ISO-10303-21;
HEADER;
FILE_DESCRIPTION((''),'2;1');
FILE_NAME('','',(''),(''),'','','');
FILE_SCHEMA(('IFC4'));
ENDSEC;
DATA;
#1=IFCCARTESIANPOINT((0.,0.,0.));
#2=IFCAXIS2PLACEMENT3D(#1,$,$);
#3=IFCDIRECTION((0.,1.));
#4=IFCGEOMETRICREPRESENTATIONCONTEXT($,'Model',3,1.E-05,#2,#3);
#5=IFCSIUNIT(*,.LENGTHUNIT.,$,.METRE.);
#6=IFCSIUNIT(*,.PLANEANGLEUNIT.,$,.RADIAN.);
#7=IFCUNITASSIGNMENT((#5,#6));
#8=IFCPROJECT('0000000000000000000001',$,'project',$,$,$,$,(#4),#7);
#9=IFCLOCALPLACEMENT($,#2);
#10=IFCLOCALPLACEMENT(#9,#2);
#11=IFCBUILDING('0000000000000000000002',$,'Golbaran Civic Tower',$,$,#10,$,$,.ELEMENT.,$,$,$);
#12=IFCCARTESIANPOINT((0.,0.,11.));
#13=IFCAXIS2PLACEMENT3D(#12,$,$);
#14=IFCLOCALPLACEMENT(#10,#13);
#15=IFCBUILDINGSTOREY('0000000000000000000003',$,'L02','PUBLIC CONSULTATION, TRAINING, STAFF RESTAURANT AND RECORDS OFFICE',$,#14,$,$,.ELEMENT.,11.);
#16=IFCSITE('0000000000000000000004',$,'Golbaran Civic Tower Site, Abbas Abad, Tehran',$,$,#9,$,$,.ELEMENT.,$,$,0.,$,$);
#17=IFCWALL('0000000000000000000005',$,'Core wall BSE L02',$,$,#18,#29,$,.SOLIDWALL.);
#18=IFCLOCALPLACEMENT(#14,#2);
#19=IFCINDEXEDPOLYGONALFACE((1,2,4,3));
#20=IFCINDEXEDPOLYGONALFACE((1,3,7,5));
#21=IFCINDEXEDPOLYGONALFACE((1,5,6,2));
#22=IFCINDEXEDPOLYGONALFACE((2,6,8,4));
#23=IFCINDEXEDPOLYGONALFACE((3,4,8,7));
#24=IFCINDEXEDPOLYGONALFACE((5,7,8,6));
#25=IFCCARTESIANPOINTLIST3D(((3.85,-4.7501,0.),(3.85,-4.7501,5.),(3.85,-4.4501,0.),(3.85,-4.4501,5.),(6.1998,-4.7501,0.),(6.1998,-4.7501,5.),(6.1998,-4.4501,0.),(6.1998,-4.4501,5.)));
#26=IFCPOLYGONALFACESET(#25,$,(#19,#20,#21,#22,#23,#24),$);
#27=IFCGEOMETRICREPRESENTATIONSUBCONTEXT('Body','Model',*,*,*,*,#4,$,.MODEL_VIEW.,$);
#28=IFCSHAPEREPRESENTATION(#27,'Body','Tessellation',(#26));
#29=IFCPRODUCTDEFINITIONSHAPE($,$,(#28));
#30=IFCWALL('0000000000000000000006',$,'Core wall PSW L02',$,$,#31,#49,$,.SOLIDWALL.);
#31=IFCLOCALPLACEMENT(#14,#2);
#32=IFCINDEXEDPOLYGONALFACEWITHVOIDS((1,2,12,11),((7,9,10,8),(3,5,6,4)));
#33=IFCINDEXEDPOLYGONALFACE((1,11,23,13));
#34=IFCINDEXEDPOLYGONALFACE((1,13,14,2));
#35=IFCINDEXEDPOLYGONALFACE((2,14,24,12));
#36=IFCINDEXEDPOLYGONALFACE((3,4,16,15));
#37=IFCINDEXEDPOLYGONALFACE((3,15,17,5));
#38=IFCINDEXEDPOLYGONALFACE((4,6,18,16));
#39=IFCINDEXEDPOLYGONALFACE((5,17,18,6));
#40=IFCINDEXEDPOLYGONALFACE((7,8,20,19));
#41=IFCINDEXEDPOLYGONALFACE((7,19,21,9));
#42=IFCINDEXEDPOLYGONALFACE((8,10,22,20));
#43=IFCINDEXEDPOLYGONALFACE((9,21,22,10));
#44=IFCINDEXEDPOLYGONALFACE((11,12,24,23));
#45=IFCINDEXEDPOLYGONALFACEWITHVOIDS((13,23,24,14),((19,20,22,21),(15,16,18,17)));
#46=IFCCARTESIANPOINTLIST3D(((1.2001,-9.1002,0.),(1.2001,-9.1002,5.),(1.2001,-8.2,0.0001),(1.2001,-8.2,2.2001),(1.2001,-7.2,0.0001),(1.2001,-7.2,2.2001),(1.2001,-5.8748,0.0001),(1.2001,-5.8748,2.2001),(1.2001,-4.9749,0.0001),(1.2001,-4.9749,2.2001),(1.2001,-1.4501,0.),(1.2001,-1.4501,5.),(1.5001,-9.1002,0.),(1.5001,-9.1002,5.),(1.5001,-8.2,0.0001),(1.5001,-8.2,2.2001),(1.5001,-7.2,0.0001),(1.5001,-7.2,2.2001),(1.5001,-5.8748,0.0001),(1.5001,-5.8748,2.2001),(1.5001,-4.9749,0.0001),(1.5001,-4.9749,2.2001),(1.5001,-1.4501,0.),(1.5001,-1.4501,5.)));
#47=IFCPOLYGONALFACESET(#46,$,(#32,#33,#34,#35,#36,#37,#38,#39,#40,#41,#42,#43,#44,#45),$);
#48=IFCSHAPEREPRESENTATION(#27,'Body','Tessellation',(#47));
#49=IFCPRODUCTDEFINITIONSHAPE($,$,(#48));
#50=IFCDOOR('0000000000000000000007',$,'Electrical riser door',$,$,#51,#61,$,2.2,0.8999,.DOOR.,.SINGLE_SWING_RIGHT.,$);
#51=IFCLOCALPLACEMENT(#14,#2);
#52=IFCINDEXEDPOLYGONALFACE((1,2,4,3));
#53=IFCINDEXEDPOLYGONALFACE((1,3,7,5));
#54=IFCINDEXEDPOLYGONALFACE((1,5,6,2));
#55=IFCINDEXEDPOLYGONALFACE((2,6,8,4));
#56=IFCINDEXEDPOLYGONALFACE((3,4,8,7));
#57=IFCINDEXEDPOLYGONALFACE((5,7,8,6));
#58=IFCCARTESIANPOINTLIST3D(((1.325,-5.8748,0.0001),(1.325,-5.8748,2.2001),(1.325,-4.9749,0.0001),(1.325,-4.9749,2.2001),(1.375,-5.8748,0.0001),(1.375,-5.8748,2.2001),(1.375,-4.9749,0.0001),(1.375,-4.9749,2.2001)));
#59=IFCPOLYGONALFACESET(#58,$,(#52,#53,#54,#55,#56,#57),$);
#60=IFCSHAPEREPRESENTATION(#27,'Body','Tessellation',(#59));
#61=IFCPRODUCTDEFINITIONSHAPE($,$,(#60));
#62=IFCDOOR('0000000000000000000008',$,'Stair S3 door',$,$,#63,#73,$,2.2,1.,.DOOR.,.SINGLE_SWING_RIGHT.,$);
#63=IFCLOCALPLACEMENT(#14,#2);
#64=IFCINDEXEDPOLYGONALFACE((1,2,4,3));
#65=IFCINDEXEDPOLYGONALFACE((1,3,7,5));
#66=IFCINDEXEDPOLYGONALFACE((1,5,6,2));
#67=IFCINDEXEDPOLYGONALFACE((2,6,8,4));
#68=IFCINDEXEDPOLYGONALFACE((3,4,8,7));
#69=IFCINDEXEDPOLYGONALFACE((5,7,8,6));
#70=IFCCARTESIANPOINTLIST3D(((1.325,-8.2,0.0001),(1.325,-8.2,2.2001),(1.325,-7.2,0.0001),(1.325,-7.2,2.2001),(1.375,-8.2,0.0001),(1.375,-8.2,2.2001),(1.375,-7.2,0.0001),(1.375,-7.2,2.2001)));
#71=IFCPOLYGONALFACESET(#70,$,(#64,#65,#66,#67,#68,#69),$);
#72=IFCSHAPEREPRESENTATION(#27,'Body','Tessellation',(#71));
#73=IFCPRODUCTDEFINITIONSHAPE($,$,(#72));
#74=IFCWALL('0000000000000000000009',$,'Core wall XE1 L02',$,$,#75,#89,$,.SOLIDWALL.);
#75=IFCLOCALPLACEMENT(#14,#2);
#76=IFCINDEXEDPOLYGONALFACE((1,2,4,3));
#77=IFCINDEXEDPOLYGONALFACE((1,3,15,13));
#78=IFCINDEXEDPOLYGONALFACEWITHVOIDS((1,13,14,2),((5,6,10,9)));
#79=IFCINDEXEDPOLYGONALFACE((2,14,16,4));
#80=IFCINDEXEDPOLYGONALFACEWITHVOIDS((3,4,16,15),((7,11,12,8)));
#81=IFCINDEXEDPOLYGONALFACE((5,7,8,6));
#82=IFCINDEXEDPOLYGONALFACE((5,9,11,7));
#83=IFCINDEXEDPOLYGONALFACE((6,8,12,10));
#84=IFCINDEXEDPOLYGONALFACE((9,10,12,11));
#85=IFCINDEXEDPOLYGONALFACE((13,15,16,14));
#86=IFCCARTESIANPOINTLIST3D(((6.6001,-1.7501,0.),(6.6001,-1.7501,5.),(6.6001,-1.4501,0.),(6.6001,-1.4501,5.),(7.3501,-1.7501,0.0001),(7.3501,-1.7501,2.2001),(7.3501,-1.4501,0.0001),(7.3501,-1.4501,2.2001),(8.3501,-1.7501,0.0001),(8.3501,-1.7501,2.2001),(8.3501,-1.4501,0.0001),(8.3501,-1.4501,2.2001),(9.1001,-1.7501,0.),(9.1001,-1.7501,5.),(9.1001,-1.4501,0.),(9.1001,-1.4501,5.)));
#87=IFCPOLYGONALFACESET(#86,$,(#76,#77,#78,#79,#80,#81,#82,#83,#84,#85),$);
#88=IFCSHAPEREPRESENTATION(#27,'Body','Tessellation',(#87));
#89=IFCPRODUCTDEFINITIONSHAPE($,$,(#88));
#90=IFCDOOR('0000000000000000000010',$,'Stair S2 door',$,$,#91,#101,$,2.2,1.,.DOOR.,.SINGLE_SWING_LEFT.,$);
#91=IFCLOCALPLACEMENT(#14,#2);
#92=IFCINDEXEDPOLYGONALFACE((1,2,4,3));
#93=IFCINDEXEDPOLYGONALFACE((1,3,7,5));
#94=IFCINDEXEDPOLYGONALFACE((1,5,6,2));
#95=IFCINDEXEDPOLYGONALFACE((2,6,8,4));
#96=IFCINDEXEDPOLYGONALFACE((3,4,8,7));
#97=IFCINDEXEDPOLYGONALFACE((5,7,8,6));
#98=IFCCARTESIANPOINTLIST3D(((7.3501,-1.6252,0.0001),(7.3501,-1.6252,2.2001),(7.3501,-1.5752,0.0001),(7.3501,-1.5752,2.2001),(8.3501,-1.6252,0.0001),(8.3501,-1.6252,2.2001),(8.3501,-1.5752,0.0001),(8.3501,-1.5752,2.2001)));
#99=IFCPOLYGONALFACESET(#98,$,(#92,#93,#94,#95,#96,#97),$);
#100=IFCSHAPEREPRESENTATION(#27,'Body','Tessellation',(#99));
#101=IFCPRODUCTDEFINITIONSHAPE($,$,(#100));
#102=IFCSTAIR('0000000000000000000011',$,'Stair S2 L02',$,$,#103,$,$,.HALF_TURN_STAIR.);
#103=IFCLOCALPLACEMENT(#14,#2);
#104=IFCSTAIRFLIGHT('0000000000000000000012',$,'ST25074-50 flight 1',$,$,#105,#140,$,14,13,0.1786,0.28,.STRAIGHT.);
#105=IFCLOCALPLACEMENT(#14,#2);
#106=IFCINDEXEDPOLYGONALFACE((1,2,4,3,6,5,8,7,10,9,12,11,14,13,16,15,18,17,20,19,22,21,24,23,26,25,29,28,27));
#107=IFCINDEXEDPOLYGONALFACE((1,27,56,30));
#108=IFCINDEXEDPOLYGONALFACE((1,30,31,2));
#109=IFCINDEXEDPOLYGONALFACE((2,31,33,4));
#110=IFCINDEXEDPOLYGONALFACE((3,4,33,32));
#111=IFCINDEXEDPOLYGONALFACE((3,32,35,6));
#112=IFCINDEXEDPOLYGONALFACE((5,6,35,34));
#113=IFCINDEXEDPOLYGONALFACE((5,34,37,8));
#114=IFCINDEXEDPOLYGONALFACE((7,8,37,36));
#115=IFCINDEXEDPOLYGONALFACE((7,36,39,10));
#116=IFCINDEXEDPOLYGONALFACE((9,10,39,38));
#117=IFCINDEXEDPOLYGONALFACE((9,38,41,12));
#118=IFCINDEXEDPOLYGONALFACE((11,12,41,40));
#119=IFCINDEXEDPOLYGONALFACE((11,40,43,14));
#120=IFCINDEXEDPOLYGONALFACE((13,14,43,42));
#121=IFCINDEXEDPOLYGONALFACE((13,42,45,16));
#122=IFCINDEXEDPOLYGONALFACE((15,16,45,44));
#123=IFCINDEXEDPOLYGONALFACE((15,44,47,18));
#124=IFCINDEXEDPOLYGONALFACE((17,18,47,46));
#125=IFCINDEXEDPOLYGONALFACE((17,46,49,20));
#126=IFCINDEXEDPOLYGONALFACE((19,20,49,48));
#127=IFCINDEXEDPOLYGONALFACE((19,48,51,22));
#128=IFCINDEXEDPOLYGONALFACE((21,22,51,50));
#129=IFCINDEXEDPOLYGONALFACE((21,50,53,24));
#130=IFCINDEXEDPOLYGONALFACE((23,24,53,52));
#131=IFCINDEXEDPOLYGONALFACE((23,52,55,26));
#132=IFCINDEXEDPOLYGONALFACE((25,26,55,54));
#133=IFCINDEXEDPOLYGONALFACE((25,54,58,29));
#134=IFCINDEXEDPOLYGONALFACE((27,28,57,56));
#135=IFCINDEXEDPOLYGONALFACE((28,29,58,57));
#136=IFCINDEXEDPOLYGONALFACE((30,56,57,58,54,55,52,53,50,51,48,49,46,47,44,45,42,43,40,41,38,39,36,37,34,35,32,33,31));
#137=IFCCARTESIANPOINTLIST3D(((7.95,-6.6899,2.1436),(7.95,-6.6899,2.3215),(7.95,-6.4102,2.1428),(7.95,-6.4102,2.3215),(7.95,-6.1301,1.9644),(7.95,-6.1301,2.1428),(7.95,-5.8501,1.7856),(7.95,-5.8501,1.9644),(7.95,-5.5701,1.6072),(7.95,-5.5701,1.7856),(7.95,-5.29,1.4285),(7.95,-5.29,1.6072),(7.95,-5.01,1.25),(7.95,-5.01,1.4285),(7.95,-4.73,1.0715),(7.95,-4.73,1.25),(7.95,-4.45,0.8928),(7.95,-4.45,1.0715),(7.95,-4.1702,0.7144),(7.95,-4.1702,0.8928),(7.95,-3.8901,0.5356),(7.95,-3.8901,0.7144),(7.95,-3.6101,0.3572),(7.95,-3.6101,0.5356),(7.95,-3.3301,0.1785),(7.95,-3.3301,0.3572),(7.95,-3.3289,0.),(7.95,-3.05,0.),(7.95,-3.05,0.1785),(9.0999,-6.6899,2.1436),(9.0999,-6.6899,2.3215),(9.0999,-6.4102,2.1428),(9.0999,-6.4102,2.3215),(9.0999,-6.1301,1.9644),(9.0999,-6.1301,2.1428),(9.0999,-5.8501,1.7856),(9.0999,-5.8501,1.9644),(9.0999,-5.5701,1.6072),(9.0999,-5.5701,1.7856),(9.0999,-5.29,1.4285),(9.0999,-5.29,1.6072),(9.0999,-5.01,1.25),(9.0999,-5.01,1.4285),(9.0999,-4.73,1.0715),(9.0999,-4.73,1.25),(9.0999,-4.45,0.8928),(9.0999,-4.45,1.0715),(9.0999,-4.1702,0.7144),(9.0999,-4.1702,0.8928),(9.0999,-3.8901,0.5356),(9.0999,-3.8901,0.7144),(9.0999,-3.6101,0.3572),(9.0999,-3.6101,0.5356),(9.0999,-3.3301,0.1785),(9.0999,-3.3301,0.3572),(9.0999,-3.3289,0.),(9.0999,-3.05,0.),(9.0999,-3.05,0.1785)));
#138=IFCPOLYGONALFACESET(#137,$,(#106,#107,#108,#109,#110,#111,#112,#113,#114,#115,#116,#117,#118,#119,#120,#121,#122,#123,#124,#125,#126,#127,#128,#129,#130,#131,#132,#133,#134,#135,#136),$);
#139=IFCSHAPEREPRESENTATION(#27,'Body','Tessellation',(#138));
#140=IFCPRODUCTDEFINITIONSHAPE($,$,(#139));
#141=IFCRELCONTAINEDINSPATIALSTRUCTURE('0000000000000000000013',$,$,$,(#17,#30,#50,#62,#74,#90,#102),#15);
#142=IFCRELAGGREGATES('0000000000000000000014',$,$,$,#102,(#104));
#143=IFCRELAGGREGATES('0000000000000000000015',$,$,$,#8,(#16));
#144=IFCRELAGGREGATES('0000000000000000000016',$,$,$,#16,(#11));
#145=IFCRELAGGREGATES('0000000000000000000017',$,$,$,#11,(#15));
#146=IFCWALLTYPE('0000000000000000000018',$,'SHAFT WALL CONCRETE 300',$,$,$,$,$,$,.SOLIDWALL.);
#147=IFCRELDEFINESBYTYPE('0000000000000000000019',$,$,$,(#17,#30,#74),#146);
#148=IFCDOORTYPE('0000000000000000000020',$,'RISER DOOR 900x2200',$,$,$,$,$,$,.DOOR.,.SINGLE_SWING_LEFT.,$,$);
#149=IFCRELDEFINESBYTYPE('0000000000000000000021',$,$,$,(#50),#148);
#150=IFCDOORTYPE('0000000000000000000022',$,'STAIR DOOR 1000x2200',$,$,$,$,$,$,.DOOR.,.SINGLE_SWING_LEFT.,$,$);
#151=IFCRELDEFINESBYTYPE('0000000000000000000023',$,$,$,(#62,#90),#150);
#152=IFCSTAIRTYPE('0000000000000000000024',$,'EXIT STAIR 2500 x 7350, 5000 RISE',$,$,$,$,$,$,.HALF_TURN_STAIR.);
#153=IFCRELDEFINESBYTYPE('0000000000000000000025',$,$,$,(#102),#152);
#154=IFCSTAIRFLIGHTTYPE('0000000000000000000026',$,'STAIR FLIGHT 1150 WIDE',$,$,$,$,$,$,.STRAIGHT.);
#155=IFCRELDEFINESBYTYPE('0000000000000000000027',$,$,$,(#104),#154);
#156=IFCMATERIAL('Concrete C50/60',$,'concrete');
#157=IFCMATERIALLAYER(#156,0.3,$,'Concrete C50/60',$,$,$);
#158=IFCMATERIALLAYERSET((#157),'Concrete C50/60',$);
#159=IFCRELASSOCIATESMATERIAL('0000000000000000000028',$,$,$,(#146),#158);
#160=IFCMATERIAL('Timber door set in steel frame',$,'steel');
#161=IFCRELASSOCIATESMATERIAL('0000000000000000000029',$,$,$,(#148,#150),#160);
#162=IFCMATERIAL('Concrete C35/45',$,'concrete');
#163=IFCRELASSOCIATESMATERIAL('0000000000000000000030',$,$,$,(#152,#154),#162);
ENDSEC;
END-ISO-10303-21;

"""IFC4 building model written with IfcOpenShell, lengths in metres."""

from ifc_helpers import new_model, si_unit, direction, frame, frame_2d, origin, place, context, subcontext, project, spatial, polyline, rectangle, outline, extrude, material, layer, layer_set, type_object, element, fill, aggregate, save


model = new_model("IFC4")

# Units and contexts
model_context = context("Model", 3, precision=1e-05, world=origin(), true_north=direction((0.0, 1.0)))
body_context = subcontext(model_context, "Body", "Model", "MODEL_VIEW")
ifc_project = project(units=[si_unit("LENGTHUNIT", "METRE"), si_unit("PLANEANGLEUNIT", "RADIAN")], contexts=[model_context])

# Site, building, storey
site_placement = place(None, origin())
site = spatial("IfcSite", under=ifc_project, at=site_placement, Name="Golbaran Civic Tower Site, Abbas Abad, Tehran", CompositionType="ELEMENT", RefElevation=0.0)
building_placement = place(site_placement, origin())
building = spatial("IfcBuilding", under=site, at=building_placement, Name="Golbaran Civic Tower", CompositionType="ELEMENT")
storey_placement = place(building_placement, frame((0.0, 0.0, 11.0)))
storey = spatial("IfcBuildingStorey", under=building, at=storey_placement, Name="L02", Description="PUBLIC CONSULTATION, TRAINING, STAFF RESTAURANT AND RECORDS OFFICE", CompositionType="ELEMENT", Elevation=11.0)

# Shared definitions
ifc_material_1 = material(Name="Concrete C50/60", Category="concrete")
ifc_material_2 = material(Name="Timber door set in steel frame", Category="steel")

# Shared definitions
ifc_layer_1 = layer(ifc_material_1, 0.3, Name="Concrete C50/60")
ifc_layer_set_1 = layer_set([ifc_layer_1], Name="Concrete C50/60")
wall_type_1 = type_object("IfcWallType", Name="SHAFT WALL CONCRETE 300", PredefinedType="SOLIDWALL", material=ifc_layer_set_1)

# Wall
wall_1_placement = place(storey_placement, frame((3.8501, -4.6001, 0.0), z_axis=(0.0, 0.0, 1.0), x_axis=(1.0, 0.0, 0.0)))
element("IfcWall", 1, at=wall_1_placement, inside=storey, type_object=wall_type_1, Name="Core wall BSE L02", PredefinedType="SOLIDWALL", context=body_context, shape_type="SweptSolid", body=[
    extrude(rectangle(XDim=2.3499, YDim=0.3, at=frame_2d((1.1748, 0.0))), origin(), (0.0, 0.0, 1.0), 5.0),
])

# Wall, openings, doors
wall_2_placement = place(storey_placement, frame((1.3501, -1.45, 0.0), z_axis=(0.0, 0.0, 1.0), x_axis=(0.0, -1.0, 0.0)))
wall_2 = element("IfcWall", 2, at=wall_2_placement, inside=storey, type_object=wall_type_1, Name="Core wall PSW L02", PredefinedType="SOLIDWALL", context=body_context, shape_type="SweptSolid", body=[
    extrude(rectangle(XDim=7.6501, YDim=0.3, at=frame_2d((3.8252, 0.0))), origin(), (0.0, 0.0, 1.0), 5.0),
])
opening_1_placement = place(wall_2_placement, frame((5.75, 0.0, 0.0)))
opening_1 = element("IfcOpeningElement", 3, at=opening_1_placement, cuts=wall_2, PredefinedType="OPENING", context=body_context, shape_type="SweptSolid", body=[
    extrude(rectangle(XDim=1.0, YDim=2.2, at=frame_2d((0.5, 1.1001))), frame((0.0, 0.1599, 0.0), z_axis=(0.0, -1.0, 0.0), x_axis=(1.0, 0.0, 0.0)), (0.0, 0.0, 1.0), 0.3201),
])
opening_2_placement = place(wall_2_placement, frame((3.5249, 0.0, 0.0)))
opening_2 = element("IfcOpeningElement", 4, at=opening_2_placement, cuts=wall_2, PredefinedType="OPENING", context=body_context, shape_type="SweptSolid", body=[
    extrude(rectangle(XDim=0.8999, YDim=2.2, at=frame_2d((0.45, 1.1001))), frame((0.0, 0.1599, 0.0), z_axis=(0.0, -1.0, 0.0), x_axis=(1.0, 0.0, 0.0)), (0.0, 0.0, 1.0), 0.3201),
])
door_type_1 = type_object("IfcDoorType", Name="RISER DOOR 900x2200", OperationType="SINGLE_SWING_LEFT", PredefinedType="DOOR", material=ifc_material_2)
door_1_placement = place(opening_2_placement, origin())
door_1 = element("IfcDoor", 5, at=door_1_placement, inside=storey, type_object=door_type_1, Name="Electrical riser door", OperationType="SINGLE_SWING_RIGHT", OverallHeight=2.2, OverallWidth=0.8999, PredefinedType="DOOR", context=body_context, shape_type="SweptSolid", body=[
    extrude(rectangle(XDim=0.8999, YDim=2.2, at=frame_2d((0.45, 1.1001))), frame((0.0, 0.0249, 0.0), z_axis=(0.0, -1.0, 0.0), x_axis=(1.0, 0.0, 0.0)), (0.0, 0.0, 1.0), 0.05),
])
fill(opening_2, door_1)
door_type_2 = type_object("IfcDoorType", Name="STAIR DOOR 1000x2200", OperationType="SINGLE_SWING_LEFT", PredefinedType="DOOR", material=ifc_material_2)
door_2_placement = place(opening_1_placement, origin())
door_2 = element("IfcDoor", 6, at=door_2_placement, inside=storey, type_object=door_type_2, Name="Stair S3 door", OperationType="SINGLE_SWING_RIGHT", OverallHeight=2.2, OverallWidth=1.0, PredefinedType="DOOR", context=body_context, shape_type="SweptSolid", body=[
    extrude(rectangle(XDim=1.0, YDim=2.2, at=frame_2d((0.5, 1.1001))), frame((0.0, 0.0249, 0.0), z_axis=(0.0, -1.0, 0.0), x_axis=(1.0, 0.0, 0.0)), (0.0, 0.0, 1.0), 0.05),
])
fill(opening_1, door_2)

# Wall, opening, door
wall_3_placement = place(storey_placement, frame((6.6001, -1.6001, 0.0), z_axis=(0.0, 0.0, 1.0), x_axis=(1.0, 0.0, 0.0)))
wall_3 = element("IfcWall", 7, at=wall_3_placement, inside=storey, type_object=wall_type_1, Name="Core wall XE1 L02", PredefinedType="SOLIDWALL", context=body_context, shape_type="SweptSolid", body=[
    extrude(rectangle(XDim=2.5, YDim=0.3, at=frame_2d((1.25, 0.0))), origin(), (0.0, 0.0, 1.0), 5.0),
])
opening_3_placement = place(wall_3_placement, frame((0.75, 0.0, 0.0)))
opening_3 = element("IfcOpeningElement", 8, at=opening_3_placement, cuts=wall_3, PredefinedType="OPENING", context=body_context, shape_type="SweptSolid", body=[
    extrude(rectangle(XDim=1.0, YDim=2.2, at=frame_2d((0.5, 1.1001))), frame((0.0, 0.1599, 0.0), z_axis=(0.0, -1.0, 0.0), x_axis=(1.0, 0.0, 0.0)), (0.0, 0.0, 1.0), 0.3201),
])
door_3_placement = place(opening_3_placement, origin())
door_3 = element("IfcDoor", 9, at=door_3_placement, inside=storey, type_object=door_type_2, Name="Stair S2 door", OperationType="SINGLE_SWING_LEFT", OverallHeight=2.2, OverallWidth=1.0, PredefinedType="DOOR", context=body_context, shape_type="SweptSolid", body=[
    extrude(rectangle(XDim=1.0, YDim=2.2, at=frame_2d((0.5, 1.1001))), frame((0.0, 0.0249, 0.0), z_axis=(0.0, -1.0, 0.0), x_axis=(1.0, 0.0, 0.0)), (0.0, 0.0, 1.0), 0.05),
])
fill(opening_3, door_3)

# Stair, stair flight
ifc_material_3 = material(Name="Concrete C35/45", Category="concrete")
stair_type = type_object("IfcStairType", Name="EXIT STAIR 2500 x 7350, 5000 RISE", PredefinedType="HALF_TURN_STAIR", material=ifc_material_3)
stair_placement = place(storey_placement, origin())
stair = element("IfcStair", 10, at=stair_placement, inside=storey, type_object=stair_type, Name="Stair S2 L02", PredefinedType="HALF_TURN_STAIR")
stair_flight_type = type_object("IfcStairFlightType", Name="STAIR FLIGHT 1150 WIDE", PredefinedType="STRAIGHT", material=ifc_material_3)
stair_flight_1_placement = place(storey_placement, frame((8.5249, -3.05, 0.0), z_axis=(0.0, 0.0, 1.0), x_axis=(0.0, -1.0, 0.0)))
stair_flight_1 = element("IfcStairFlight", 11, at=stair_flight_1_placement, type_object=stair_flight_type, Name="ST25074-50 flight 1", NumberOfRisers=14, NumberOfTreads=13, PredefinedType="STRAIGHT", RiserHeight=0.1786, TreadLength=0.28, context=body_context, shape_type="SweptSolid", body=[
    extrude(outline(polyline([(0.0, 0.0), (0.0, 0.1785), (0.28, 0.1785), (0.28, 0.3572), (0.5601, 0.3572), (0.5601, 0.5356), (0.8401, 0.5356), (0.8401, 0.7144), (1.1201, 0.7144), (1.1201, 0.8928), (1.3999, 0.8928), (1.3999, 1.0715), (1.6799, 1.0715), (1.6799, 1.25), (1.96, 1.25), (1.96, 1.4285), (2.24, 1.4285), (2.24, 1.6072), (2.52, 1.6072), (2.52, 1.7856), (2.8, 1.7856), (2.8, 1.9644), (3.0801, 1.9644), (3.0801, 2.1428), (3.3601, 2.1428), (3.3601, 2.3215), (3.6399, 2.3215), (3.6399, 2.5), (3.6399, 2.1436), (0.2788, 0.0), (0.0, 0.0)])), frame((0.0, 0.575, 0.0), z_axis=(0.0, -1.0, 0.0), x_axis=(1.0, 0.0, 0.0)), (0.0, 0.0, 1.0), 1.1499),
])
aggregate(stair, [stair_flight_1])

save(model, "model.ifc")
